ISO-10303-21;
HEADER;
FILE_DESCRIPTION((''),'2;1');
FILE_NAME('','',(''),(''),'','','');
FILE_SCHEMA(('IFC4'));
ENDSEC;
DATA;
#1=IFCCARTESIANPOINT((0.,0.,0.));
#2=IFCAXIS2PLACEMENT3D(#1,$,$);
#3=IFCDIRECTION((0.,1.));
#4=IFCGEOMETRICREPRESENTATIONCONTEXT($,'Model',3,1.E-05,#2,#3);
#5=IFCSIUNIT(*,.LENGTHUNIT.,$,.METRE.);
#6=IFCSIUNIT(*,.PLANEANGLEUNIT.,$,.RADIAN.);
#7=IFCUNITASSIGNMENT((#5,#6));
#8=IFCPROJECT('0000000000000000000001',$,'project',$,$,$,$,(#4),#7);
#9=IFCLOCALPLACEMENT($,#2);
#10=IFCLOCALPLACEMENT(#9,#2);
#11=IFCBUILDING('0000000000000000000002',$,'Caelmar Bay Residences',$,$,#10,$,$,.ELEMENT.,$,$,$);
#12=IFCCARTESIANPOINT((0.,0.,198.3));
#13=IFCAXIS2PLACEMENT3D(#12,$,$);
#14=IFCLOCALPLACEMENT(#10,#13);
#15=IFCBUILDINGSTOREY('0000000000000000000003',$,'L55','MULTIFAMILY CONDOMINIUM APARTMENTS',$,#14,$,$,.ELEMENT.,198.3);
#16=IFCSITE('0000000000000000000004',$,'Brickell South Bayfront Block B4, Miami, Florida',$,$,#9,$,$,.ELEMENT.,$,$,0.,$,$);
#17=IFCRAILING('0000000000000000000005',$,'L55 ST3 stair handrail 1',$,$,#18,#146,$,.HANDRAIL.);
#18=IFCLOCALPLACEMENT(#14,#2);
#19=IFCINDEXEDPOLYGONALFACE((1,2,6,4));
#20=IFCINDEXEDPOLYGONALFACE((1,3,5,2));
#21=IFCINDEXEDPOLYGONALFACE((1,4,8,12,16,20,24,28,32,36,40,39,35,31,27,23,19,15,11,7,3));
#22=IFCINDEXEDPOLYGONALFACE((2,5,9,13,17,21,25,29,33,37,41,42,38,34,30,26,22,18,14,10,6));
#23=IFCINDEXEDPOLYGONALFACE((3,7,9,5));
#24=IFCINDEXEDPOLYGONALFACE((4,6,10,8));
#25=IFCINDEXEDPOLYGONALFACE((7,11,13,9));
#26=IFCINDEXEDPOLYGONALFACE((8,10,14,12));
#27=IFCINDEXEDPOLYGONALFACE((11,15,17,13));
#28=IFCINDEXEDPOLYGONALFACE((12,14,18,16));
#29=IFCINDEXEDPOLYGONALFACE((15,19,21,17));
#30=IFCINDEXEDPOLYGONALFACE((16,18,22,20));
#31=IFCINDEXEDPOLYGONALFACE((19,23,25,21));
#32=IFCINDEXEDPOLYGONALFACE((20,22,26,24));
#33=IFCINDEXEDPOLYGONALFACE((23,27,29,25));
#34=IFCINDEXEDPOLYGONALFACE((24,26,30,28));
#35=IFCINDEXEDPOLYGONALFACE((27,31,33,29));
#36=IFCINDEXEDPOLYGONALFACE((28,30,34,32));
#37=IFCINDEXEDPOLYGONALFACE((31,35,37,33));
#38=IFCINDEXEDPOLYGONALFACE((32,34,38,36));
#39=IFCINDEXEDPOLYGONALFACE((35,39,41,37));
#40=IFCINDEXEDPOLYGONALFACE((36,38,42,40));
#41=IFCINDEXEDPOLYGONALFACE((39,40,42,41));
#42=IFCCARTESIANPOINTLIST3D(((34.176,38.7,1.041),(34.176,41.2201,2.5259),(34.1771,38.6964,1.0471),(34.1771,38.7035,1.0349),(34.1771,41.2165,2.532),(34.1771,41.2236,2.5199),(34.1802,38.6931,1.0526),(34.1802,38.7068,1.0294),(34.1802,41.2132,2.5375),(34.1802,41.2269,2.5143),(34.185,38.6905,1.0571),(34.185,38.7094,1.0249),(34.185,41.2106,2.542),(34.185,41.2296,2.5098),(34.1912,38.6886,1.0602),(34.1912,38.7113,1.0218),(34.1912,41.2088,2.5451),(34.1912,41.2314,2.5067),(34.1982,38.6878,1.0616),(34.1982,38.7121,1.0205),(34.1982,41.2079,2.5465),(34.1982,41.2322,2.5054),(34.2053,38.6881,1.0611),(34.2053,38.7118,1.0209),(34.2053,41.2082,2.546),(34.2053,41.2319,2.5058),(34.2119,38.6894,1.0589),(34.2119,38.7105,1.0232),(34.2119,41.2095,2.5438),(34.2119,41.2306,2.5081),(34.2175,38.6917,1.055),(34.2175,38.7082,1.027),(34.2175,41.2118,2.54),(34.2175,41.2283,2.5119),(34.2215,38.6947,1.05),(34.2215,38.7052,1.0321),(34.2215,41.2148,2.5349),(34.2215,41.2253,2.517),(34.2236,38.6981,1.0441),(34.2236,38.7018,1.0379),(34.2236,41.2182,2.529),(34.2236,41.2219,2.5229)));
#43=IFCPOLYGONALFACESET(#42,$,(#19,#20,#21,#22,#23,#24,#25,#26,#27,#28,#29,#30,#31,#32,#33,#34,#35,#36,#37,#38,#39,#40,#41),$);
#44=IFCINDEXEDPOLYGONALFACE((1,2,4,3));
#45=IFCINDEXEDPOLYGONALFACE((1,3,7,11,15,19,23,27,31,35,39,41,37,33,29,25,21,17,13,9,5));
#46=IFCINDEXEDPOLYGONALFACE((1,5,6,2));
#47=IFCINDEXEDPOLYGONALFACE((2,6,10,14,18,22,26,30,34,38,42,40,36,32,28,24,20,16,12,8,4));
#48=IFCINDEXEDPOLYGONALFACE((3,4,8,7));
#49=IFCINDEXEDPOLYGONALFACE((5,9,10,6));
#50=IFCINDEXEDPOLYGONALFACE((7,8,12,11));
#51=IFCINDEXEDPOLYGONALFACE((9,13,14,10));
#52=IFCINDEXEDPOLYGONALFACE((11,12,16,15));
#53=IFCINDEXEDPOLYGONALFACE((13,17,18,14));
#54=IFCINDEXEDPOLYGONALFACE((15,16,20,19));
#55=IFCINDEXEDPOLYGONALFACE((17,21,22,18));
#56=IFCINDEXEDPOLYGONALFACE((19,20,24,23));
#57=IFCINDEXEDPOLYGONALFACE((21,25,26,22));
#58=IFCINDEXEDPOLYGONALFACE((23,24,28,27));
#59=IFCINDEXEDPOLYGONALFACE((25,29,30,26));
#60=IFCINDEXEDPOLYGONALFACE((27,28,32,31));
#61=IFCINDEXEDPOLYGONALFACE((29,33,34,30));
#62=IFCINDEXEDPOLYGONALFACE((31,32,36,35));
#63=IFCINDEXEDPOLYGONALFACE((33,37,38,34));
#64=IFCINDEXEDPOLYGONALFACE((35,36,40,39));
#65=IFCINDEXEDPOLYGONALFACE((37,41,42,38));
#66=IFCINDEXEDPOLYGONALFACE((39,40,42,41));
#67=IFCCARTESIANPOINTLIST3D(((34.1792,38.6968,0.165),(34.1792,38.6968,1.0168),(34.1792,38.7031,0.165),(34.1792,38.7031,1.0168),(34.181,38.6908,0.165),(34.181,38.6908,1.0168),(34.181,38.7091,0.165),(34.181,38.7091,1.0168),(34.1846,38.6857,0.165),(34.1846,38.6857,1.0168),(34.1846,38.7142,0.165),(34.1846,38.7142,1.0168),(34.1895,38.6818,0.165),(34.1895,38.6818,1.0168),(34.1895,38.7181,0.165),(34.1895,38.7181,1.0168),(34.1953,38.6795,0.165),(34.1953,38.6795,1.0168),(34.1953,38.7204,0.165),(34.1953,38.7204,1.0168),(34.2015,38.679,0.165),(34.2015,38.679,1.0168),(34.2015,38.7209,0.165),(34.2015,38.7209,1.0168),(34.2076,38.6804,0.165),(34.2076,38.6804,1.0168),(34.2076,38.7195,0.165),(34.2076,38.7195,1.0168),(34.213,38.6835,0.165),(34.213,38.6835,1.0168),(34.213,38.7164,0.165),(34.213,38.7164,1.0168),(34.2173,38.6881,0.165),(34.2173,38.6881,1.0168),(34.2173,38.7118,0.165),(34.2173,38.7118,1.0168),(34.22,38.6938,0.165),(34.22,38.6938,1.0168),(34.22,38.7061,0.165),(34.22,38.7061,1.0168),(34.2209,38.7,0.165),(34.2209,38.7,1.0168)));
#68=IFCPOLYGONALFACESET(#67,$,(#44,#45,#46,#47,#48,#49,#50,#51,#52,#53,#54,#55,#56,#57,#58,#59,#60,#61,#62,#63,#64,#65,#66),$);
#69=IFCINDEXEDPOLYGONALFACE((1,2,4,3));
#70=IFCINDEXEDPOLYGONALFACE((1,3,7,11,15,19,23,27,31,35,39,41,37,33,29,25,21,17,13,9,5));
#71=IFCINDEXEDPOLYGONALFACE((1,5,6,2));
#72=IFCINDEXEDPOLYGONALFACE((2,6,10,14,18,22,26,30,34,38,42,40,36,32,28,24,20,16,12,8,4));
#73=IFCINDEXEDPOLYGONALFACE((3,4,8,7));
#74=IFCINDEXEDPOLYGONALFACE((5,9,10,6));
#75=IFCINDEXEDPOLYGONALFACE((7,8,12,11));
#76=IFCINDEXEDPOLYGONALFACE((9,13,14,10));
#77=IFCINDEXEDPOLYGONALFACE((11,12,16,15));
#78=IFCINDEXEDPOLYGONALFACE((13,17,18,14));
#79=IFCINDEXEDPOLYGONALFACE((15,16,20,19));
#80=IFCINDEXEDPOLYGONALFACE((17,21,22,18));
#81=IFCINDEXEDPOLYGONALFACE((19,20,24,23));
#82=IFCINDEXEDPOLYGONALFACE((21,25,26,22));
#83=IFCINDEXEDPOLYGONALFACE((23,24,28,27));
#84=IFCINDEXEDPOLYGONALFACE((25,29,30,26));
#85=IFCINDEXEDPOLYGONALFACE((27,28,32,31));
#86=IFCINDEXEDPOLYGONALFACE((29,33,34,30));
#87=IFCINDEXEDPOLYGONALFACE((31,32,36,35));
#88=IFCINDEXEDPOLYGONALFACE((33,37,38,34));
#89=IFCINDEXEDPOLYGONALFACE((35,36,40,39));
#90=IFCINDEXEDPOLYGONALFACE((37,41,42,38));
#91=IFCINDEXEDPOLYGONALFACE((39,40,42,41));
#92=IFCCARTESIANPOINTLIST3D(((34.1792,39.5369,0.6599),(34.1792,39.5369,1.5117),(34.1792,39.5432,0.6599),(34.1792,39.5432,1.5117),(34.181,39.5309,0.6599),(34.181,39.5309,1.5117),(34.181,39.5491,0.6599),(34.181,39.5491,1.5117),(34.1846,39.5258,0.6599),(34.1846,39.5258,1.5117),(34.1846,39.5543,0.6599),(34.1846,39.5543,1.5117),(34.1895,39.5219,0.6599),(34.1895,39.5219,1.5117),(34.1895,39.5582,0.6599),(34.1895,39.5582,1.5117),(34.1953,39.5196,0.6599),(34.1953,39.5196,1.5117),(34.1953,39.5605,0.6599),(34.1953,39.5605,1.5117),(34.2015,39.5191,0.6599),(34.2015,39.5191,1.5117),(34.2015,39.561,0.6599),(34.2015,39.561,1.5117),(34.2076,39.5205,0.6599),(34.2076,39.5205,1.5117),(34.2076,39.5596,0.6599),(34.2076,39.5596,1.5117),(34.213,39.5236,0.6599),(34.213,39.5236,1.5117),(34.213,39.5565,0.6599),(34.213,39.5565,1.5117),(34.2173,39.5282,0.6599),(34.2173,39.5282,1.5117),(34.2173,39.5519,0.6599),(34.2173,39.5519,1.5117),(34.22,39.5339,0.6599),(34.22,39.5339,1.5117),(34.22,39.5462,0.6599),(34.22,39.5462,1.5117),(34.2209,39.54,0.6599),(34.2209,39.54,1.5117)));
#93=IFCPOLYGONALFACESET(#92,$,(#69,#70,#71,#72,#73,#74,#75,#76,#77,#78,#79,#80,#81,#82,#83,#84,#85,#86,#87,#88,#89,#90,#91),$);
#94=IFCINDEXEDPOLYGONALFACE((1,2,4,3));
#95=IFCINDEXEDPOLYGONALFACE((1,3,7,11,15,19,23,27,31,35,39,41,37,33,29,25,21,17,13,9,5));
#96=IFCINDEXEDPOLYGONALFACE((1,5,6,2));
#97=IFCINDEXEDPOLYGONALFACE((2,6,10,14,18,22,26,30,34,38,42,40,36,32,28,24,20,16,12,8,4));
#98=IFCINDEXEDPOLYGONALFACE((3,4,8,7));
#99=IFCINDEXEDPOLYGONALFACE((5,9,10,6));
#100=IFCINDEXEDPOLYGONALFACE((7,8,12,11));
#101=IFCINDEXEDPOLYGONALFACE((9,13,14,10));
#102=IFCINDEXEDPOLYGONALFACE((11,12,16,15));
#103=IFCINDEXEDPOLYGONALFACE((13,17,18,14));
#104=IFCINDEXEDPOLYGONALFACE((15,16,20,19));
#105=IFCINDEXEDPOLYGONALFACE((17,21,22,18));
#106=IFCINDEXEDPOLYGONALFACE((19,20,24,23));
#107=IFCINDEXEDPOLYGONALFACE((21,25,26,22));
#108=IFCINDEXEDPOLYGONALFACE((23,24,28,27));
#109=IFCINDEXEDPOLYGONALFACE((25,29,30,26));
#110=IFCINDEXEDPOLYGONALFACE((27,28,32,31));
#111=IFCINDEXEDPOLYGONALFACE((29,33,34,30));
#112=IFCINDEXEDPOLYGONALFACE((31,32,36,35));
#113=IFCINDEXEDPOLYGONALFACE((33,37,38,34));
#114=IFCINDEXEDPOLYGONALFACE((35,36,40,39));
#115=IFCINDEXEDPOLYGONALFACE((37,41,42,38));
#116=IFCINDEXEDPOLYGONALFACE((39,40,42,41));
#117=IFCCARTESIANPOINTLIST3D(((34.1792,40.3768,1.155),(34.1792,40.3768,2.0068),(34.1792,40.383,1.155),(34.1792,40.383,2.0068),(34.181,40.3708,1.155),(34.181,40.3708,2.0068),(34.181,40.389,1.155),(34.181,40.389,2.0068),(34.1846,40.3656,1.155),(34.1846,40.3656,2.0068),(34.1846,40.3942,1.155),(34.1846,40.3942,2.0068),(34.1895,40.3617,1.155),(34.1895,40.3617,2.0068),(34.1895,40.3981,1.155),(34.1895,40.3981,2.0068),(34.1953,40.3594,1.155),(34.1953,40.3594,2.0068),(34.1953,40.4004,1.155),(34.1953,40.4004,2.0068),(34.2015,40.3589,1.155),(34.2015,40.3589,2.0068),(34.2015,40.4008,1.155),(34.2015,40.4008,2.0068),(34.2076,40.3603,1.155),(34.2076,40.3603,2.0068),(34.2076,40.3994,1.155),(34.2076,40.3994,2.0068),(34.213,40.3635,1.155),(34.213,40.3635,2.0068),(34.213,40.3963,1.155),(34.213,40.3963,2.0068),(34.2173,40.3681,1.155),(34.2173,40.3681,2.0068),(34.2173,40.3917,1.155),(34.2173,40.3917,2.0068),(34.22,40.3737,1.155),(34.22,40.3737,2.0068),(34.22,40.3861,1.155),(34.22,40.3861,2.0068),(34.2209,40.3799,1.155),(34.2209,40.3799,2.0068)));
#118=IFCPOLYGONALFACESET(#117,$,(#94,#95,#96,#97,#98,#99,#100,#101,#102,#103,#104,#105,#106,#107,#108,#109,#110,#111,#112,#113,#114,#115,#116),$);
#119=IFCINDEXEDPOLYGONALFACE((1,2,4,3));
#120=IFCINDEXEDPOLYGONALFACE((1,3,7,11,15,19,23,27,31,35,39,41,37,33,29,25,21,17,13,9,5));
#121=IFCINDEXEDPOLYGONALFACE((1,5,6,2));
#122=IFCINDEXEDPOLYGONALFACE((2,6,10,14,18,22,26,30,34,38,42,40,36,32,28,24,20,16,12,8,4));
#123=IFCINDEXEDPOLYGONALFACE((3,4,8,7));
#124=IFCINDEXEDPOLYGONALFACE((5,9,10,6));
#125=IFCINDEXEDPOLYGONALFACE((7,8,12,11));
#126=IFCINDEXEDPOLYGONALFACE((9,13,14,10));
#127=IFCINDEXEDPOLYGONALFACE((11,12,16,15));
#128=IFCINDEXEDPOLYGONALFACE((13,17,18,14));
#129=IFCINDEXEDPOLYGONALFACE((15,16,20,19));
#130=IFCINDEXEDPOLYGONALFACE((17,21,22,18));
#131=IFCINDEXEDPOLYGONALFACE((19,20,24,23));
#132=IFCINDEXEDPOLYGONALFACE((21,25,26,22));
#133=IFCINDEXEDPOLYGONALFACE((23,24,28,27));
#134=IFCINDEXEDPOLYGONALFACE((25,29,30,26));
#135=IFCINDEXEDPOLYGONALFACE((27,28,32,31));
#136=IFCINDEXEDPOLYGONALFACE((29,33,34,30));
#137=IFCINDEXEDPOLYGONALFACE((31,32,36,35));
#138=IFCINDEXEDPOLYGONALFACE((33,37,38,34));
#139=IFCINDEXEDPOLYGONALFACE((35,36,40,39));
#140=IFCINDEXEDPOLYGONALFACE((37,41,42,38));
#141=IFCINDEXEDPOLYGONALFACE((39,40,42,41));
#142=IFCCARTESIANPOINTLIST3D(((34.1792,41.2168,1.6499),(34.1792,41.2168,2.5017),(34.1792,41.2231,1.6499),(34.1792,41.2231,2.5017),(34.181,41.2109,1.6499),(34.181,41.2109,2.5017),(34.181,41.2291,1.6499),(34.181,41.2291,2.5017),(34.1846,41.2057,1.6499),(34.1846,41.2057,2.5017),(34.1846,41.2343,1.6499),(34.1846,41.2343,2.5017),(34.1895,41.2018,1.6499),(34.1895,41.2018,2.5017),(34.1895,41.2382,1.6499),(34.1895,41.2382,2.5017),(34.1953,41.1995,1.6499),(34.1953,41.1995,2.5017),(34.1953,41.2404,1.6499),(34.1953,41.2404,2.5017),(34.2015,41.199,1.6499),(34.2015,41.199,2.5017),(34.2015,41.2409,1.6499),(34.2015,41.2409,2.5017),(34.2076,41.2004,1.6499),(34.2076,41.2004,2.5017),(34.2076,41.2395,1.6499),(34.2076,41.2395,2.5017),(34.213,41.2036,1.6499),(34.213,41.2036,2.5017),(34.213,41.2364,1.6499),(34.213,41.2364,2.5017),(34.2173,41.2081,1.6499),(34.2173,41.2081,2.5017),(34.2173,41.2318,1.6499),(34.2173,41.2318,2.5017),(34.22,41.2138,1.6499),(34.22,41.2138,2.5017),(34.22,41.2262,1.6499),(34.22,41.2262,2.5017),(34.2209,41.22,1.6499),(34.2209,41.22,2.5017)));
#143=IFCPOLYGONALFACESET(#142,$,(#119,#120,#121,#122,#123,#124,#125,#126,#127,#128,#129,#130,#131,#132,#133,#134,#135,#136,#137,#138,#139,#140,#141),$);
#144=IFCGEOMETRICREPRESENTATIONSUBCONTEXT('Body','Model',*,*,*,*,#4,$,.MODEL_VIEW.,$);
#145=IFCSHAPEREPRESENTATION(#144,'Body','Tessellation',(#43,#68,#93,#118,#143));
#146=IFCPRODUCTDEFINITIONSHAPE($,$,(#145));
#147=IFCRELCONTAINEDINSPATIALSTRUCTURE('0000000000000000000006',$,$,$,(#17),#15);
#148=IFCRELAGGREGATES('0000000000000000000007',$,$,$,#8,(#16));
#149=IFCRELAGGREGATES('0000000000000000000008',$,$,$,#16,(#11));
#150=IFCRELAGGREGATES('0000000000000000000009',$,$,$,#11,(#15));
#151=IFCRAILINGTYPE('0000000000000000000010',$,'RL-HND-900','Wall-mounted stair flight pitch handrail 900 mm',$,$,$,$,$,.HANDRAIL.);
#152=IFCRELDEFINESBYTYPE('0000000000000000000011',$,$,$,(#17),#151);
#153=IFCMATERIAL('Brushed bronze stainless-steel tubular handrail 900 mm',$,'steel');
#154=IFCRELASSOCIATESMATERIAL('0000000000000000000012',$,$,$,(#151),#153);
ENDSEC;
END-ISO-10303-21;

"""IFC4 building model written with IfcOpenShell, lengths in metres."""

from ifc_helpers import new_model, si_unit, direction, frame, origin, origin_2d, place, context, subcontext, project, spatial, circle, extrude, material, type_object, element, save


model = new_model("IFC4")

# Units and contexts
model_context = context("Model", 3, precision=1e-05, world=origin(), true_north=direction((0.0, 1.0)))
body_context = subcontext(model_context, "Body", "Model", "MODEL_VIEW")
ifc_project = project(units=[si_unit("LENGTHUNIT", "METRE"), si_unit("PLANEANGLEUNIT", "RADIAN")], contexts=[model_context])

# Site, building, storey
site_placement = place(None, origin())
site = spatial("IfcSite", under=ifc_project, at=site_placement, Name="Brickell South Bayfront Block B4, Miami, Florida", CompositionType="ELEMENT", RefElevation=0.0)
building_placement = place(site_placement, origin())
building = spatial("IfcBuilding", under=site, at=building_placement, Name="Caelmar Bay Residences", CompositionType="ELEMENT")
storey_placement = place(building_placement, frame((0.0, 0.0, 198.3)))
storey = spatial("IfcBuildingStorey", under=building, at=storey_placement, Name="L55", Description="MULTIFAMILY CONDOMINIUM APARTMENTS", CompositionType="ELEMENT", Elevation=198.3)

# Railing
ifc_material_1 = material(Name="Brushed bronze stainless-steel tubular handrail 900 mm", Category="steel")
railing_type_1 = type_object("IfcRailingType", Name="RL-HND-900", Description="Wall-mounted stair flight pitch handrail 900 mm", PredefinedType="HANDRAIL", material=ifc_material_1)
railing_1_placement = place(storey_placement, frame((34.2, 38.7, 0.165)))
element("IfcRailing", 1, at=railing_1_placement, inside=storey, type_object=railing_type_1, Name="L55 ST3 stair handrail 1", PredefinedType="HANDRAIL", context=body_context, shape_type="SweptSolid", body=[
    extrude(circle(Radius=0.0239, at=origin_2d()), frame((0.0, 0.0, 0.876), z_axis=(0.0, 0.861561, 0.507655), x_axis=(-1.0, 0.0, 0.0)), (0.0, 0.0, 1.0), 2.925),
    extrude(circle(Radius=0.021, at=origin_2d()), origin(), (0.0, 0.0, 1.0), 0.8518),
    extrude(circle(Radius=0.021, at=origin_2d()), frame((0.0, 0.8401, 0.4949)), (0.0, 0.0, 1.0), 0.8518),
    extrude(circle(Radius=0.021, at=origin_2d()), frame((0.0, 1.6799, 0.99)), (0.0, 0.0, 1.0), 0.8518),
    extrude(circle(Radius=0.021, at=origin_2d()), frame((0.0, 2.52, 1.4849)), (0.0, 0.0, 1.0), 0.8518),
])

save(model, "model.ifc")
